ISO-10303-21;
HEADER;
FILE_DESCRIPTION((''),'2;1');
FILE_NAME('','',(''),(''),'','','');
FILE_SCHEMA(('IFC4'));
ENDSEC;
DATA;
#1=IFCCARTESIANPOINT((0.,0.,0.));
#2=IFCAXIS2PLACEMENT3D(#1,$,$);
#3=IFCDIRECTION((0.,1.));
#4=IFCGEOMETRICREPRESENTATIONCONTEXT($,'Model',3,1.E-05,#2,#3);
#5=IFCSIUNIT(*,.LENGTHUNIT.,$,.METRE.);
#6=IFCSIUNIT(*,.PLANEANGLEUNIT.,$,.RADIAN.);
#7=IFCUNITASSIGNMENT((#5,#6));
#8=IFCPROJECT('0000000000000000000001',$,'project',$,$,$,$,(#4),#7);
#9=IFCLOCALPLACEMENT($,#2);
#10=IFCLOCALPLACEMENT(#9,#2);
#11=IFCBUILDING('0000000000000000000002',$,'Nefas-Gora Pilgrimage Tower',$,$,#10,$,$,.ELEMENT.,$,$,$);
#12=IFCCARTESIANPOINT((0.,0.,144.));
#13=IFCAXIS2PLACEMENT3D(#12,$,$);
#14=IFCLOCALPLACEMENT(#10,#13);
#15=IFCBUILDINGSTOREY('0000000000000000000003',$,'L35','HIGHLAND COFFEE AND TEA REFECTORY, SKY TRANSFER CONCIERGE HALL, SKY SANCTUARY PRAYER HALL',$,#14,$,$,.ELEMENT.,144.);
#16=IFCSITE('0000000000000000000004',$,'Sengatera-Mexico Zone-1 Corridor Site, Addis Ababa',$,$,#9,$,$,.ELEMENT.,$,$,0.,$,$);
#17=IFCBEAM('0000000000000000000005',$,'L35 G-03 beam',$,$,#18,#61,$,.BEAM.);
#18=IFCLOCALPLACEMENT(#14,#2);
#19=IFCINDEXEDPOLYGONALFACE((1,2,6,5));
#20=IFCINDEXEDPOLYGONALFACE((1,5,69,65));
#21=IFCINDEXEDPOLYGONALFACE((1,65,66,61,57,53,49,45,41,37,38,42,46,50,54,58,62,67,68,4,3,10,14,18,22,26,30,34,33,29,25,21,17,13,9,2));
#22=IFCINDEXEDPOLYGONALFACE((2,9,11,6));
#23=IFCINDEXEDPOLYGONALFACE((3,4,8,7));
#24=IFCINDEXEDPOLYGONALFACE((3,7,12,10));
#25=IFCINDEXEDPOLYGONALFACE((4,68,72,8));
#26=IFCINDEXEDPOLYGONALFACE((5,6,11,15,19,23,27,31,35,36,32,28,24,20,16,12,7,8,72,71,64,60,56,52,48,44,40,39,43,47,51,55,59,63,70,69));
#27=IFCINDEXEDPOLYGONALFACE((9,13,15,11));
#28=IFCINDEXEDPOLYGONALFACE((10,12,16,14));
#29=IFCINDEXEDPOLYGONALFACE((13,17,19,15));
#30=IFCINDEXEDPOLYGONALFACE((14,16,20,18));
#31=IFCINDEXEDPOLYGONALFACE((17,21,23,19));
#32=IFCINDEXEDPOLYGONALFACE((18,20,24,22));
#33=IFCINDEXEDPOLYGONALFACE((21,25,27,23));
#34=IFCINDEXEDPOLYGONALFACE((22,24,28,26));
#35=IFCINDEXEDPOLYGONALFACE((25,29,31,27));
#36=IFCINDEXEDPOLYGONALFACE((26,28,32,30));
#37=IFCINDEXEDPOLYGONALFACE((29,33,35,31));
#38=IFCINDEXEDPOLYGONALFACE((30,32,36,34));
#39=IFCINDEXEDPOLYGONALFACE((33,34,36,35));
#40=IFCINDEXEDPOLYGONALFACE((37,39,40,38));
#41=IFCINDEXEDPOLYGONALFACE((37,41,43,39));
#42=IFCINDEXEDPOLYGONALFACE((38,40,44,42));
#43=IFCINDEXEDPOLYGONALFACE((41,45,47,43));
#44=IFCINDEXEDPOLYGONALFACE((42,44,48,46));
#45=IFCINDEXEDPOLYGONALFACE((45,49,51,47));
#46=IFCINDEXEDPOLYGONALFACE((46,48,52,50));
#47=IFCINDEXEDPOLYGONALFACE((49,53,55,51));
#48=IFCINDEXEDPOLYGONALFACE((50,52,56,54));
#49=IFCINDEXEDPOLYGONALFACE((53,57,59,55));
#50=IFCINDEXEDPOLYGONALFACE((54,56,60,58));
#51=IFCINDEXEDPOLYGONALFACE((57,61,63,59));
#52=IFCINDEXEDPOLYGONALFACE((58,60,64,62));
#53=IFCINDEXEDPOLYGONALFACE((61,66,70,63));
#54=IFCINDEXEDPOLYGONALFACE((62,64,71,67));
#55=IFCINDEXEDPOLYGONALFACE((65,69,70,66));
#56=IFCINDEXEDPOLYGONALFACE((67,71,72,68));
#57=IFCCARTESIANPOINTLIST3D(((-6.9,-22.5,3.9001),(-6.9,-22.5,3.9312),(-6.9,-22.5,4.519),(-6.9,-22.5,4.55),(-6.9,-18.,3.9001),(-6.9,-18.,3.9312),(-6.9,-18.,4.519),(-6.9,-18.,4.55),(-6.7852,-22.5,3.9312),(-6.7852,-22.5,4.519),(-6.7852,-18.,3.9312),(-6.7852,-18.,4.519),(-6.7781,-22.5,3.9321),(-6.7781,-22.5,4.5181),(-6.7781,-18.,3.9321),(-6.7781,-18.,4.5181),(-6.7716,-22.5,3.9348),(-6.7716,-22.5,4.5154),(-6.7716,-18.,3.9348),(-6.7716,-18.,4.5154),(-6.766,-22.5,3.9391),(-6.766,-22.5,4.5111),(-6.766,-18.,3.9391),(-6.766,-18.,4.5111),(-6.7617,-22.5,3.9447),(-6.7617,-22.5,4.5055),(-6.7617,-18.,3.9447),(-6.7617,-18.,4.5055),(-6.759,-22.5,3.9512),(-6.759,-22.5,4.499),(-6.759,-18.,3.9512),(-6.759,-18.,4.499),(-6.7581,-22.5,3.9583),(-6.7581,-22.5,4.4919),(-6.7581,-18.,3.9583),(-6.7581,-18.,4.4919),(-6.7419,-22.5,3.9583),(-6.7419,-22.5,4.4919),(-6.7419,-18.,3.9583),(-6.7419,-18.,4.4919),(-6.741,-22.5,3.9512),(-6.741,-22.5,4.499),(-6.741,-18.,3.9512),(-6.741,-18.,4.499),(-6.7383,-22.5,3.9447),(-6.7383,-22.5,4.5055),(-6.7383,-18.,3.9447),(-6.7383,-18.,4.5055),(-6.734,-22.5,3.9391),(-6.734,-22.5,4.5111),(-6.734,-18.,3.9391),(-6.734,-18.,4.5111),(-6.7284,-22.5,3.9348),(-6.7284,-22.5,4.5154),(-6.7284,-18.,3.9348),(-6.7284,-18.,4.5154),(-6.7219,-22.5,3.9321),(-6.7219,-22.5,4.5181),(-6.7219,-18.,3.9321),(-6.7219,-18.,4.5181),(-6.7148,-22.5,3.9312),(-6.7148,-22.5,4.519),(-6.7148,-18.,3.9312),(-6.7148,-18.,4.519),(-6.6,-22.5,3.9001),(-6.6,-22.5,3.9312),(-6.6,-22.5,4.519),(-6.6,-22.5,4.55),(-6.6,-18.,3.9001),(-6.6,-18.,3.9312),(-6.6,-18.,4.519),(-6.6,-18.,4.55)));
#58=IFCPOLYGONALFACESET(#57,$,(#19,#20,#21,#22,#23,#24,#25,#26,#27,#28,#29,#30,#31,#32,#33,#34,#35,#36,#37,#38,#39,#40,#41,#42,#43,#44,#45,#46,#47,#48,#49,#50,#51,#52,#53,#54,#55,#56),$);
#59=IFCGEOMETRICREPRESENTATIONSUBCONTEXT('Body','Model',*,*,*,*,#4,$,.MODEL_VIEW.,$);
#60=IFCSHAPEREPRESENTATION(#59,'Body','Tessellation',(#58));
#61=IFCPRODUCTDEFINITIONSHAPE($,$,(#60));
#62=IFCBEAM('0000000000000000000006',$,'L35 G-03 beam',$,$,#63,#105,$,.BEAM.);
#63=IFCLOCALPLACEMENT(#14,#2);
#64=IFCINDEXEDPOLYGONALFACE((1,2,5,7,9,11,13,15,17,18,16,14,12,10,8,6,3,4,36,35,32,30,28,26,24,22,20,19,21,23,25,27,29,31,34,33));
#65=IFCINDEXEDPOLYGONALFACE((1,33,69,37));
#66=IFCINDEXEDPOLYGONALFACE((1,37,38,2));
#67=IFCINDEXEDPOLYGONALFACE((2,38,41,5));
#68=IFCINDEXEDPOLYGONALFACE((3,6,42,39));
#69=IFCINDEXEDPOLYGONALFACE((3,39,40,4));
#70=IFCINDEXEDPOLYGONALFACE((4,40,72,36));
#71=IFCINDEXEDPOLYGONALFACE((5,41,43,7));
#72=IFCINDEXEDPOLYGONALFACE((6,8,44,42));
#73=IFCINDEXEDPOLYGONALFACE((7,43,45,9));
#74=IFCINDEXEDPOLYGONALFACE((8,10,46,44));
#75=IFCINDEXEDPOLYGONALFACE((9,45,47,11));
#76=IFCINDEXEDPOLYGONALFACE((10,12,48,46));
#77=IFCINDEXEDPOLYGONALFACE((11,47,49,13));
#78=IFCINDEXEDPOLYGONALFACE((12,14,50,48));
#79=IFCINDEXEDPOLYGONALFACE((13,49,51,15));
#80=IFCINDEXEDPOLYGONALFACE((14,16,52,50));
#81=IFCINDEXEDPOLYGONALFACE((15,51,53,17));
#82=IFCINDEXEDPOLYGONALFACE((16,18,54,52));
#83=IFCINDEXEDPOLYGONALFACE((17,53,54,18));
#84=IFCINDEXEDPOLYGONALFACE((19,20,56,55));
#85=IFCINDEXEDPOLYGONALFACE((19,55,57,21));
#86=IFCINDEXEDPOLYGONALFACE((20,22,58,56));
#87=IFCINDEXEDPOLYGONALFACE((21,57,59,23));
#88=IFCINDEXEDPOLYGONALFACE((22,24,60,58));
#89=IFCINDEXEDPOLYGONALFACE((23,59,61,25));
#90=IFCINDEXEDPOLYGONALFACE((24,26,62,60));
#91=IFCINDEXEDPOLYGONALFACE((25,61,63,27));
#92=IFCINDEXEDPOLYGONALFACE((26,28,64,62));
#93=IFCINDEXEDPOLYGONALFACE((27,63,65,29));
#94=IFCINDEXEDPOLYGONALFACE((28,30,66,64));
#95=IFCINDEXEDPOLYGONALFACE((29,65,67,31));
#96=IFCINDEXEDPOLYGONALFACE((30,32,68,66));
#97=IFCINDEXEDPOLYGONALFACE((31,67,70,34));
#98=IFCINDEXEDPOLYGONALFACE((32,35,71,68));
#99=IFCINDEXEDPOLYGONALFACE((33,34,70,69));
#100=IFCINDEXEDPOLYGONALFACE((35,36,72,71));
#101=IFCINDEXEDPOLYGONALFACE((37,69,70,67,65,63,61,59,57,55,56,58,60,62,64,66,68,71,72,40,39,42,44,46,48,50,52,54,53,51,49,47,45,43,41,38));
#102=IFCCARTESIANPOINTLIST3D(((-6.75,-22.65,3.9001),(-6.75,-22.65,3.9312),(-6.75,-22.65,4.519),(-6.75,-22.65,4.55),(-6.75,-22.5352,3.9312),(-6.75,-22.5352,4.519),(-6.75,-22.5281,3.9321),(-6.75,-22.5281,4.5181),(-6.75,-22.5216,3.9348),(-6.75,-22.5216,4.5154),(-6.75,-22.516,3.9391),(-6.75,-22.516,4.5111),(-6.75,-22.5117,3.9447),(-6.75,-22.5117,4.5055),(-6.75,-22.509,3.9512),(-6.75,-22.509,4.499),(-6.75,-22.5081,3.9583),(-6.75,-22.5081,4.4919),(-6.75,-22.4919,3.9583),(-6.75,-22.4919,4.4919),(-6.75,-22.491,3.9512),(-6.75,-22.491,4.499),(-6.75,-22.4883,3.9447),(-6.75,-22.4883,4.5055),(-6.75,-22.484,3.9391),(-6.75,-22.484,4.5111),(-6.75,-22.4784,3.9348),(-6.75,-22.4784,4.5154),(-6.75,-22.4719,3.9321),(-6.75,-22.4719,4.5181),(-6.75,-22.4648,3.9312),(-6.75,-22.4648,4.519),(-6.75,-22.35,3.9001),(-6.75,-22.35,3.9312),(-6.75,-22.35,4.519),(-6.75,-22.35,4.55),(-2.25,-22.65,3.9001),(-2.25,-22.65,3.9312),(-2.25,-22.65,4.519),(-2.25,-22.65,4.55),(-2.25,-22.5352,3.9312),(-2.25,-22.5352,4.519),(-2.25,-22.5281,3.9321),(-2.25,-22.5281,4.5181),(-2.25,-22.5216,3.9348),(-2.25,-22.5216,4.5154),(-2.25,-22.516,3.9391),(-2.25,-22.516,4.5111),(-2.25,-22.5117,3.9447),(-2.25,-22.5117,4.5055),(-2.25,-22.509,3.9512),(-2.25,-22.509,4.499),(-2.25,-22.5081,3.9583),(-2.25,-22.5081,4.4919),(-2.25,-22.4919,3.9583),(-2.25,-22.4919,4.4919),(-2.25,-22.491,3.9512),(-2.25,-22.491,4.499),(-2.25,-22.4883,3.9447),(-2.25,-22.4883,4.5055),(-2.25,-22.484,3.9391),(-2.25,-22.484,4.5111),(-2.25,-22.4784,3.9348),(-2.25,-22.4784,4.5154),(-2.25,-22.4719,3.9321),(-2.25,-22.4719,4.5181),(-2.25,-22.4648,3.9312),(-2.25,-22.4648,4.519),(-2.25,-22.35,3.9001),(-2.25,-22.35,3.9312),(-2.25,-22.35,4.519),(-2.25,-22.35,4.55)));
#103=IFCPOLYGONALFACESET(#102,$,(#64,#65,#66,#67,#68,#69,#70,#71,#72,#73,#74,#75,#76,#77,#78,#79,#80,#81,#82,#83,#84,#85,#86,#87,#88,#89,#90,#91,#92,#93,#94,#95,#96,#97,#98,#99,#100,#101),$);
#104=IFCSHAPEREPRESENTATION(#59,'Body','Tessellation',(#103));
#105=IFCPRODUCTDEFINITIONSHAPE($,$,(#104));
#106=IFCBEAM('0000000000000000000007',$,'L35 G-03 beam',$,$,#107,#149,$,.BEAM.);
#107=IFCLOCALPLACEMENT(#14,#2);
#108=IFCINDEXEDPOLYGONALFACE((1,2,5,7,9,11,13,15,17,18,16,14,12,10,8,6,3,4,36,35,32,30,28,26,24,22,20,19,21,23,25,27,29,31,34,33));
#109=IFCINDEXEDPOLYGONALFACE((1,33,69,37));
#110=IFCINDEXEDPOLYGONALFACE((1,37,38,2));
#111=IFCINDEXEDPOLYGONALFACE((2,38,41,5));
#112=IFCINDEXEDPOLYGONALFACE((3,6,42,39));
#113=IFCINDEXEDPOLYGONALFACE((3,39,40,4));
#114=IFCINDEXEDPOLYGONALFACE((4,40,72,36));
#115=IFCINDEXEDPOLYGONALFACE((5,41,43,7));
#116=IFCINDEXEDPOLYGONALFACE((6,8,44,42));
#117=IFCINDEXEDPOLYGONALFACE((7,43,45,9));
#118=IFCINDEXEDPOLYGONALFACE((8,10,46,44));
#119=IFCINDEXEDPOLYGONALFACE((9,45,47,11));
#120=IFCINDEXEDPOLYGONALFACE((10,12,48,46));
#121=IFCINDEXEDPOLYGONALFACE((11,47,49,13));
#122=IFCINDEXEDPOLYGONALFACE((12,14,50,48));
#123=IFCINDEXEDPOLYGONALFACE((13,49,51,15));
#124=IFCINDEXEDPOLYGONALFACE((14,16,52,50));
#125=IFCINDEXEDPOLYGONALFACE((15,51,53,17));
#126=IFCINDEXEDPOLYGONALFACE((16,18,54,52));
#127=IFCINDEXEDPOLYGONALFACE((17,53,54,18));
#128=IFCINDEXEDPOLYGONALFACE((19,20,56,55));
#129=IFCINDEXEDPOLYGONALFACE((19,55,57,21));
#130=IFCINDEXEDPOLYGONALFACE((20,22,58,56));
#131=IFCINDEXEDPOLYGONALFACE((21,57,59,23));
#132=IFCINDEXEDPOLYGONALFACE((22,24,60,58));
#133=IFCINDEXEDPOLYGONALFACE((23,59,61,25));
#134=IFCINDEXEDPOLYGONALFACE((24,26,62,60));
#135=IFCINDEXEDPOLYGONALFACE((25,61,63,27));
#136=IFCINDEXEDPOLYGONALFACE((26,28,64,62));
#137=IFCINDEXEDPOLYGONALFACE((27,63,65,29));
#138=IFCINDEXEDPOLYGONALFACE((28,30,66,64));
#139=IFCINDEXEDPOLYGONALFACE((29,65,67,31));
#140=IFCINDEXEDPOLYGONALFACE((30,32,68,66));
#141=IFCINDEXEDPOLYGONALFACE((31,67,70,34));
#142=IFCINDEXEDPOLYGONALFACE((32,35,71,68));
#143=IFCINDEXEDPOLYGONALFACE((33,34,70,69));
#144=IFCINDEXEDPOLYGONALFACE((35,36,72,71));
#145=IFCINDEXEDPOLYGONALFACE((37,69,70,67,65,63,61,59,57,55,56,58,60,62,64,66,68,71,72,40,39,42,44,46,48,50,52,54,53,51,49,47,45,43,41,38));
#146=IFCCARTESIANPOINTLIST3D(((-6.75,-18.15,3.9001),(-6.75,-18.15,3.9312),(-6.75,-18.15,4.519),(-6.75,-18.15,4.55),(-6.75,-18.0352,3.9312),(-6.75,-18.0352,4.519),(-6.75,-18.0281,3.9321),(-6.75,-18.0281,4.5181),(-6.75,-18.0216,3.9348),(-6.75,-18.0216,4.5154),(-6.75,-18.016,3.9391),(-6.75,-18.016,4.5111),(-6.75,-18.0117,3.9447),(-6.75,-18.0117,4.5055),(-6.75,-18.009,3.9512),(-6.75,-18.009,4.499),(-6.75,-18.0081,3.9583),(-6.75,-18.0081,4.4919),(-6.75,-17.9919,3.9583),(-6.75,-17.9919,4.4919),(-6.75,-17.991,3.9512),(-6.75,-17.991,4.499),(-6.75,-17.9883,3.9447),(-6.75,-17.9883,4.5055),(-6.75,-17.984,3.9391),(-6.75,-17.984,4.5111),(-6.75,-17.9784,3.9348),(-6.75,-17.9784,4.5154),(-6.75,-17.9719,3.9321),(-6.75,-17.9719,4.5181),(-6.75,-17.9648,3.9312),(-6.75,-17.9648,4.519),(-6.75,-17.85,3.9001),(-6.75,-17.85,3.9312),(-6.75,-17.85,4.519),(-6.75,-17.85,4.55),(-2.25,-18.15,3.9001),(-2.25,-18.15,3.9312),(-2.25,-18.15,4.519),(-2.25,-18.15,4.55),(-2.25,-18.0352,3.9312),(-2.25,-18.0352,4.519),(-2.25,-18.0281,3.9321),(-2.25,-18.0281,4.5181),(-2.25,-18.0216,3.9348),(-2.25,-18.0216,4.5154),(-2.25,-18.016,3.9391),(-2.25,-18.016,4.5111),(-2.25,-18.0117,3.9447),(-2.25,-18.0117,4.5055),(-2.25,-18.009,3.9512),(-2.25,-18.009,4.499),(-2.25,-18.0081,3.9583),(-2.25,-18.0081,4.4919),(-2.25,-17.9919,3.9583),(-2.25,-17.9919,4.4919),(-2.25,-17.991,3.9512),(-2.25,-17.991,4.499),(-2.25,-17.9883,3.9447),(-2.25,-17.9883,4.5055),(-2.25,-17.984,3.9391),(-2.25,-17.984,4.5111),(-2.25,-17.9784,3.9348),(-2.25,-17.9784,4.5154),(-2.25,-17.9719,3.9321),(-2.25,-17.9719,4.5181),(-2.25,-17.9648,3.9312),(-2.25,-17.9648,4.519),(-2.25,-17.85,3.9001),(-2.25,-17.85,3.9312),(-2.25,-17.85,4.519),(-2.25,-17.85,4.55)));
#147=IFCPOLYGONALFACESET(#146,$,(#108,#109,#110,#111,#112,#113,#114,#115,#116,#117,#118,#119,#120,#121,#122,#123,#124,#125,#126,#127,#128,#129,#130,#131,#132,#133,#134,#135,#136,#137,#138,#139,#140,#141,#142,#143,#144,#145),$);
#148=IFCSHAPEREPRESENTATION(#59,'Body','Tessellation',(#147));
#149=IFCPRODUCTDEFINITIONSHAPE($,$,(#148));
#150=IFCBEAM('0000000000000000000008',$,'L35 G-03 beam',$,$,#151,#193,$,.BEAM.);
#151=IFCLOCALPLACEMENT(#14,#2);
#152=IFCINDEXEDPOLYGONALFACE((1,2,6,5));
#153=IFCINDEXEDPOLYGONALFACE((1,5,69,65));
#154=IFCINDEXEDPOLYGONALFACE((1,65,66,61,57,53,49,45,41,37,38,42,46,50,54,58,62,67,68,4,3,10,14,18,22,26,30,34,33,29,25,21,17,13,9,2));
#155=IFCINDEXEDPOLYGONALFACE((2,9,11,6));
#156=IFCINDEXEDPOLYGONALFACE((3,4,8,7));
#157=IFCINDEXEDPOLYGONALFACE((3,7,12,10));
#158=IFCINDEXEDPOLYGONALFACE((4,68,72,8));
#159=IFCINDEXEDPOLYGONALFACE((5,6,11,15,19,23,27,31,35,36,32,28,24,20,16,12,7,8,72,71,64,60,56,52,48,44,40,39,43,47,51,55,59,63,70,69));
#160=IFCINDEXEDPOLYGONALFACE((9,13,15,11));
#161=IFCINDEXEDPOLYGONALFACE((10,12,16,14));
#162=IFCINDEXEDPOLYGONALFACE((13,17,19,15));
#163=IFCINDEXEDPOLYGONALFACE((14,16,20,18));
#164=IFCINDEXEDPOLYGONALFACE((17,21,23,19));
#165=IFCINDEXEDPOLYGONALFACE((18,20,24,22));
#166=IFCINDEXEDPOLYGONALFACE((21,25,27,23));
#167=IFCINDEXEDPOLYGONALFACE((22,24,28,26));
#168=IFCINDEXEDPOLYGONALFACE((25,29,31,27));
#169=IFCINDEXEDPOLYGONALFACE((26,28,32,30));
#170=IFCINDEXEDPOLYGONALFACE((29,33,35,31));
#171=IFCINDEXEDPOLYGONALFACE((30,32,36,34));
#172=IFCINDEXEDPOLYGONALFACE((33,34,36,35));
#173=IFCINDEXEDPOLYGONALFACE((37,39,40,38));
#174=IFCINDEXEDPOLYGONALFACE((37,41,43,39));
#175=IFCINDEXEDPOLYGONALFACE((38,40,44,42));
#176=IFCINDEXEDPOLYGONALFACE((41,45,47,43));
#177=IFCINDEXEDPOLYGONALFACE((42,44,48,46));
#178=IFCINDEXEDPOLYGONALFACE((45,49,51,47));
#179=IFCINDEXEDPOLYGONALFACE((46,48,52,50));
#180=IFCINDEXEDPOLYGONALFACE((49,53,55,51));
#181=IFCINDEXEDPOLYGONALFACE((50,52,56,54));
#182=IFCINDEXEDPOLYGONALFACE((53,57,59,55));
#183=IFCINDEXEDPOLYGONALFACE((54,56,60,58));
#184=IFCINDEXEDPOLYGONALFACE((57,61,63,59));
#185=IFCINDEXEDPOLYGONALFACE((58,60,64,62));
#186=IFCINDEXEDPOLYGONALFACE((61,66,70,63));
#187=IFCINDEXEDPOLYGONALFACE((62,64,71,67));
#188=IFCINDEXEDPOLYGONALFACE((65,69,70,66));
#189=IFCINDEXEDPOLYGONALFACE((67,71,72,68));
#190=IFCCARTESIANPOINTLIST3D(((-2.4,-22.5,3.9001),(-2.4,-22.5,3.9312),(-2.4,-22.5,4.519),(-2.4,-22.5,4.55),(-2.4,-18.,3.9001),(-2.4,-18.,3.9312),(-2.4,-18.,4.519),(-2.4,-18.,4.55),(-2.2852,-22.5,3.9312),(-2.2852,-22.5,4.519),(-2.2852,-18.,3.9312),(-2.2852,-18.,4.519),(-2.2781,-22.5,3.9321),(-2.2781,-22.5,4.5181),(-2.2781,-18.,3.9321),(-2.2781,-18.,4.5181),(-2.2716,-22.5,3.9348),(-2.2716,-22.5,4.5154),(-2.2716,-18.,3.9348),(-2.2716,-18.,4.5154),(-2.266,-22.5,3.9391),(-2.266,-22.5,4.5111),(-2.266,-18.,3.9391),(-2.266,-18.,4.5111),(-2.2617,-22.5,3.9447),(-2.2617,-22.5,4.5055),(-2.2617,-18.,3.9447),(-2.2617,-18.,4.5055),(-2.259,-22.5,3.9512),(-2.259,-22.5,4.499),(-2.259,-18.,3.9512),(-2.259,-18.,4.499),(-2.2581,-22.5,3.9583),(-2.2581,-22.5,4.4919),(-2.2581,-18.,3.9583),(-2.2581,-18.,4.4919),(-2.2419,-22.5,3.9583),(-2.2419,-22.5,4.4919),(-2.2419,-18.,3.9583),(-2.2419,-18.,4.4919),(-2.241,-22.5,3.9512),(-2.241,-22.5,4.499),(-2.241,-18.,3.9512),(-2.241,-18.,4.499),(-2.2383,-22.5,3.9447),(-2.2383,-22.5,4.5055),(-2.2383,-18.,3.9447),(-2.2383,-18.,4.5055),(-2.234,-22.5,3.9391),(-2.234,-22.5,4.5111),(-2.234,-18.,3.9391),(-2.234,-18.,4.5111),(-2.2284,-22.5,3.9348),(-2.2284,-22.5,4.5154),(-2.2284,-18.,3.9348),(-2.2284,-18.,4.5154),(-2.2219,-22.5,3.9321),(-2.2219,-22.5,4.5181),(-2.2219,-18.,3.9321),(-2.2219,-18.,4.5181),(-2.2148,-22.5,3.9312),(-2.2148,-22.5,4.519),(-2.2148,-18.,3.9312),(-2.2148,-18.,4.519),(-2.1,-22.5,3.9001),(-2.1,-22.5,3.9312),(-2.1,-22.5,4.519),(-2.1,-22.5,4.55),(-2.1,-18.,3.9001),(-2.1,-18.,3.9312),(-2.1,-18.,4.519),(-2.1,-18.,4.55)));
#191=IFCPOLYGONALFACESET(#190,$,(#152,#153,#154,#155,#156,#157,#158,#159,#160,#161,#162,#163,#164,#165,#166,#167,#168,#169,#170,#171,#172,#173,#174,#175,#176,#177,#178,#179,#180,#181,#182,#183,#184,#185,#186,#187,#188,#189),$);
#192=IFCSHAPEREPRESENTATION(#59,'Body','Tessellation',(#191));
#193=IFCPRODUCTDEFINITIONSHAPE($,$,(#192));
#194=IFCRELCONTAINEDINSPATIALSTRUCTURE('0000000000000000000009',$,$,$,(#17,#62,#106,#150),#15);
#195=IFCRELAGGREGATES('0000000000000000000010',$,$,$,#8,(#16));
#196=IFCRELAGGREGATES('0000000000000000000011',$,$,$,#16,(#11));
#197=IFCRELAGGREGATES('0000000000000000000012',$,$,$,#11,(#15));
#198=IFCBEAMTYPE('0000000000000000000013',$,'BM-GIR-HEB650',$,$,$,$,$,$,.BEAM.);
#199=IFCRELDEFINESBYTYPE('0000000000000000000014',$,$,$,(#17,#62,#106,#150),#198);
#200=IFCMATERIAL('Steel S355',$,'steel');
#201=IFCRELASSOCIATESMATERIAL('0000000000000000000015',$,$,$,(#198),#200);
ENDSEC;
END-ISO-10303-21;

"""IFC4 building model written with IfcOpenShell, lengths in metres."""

from ifc_helpers import new_model, si_unit, direction, frame, origin, origin_2d, place, context, subcontext, project, spatial, i_section, extrude, source, transform, mapped, material, material_profile, profile_set, type_object, element, save


model = new_model("IFC4")

# Units and contexts
model_context = context("Model", 3, precision=1e-05, world=origin(), true_north=direction((0.0, 1.0)))
body_context = subcontext(model_context, "Body", "Model", "MODEL_VIEW")
ifc_project = project(units=[si_unit("LENGTHUNIT", "METRE"), si_unit("PLANEANGLEUNIT", "RADIAN")], contexts=[model_context])

# Site, building, storey
site_placement = place(None, origin())
site = spatial("IfcSite", under=ifc_project, at=site_placement, Name="Sengatera-Mexico Zone-1 Corridor Site, Addis Ababa", CompositionType="ELEMENT", RefElevation=0.0)
building_placement = place(site_placement, origin())
building = spatial("IfcBuilding", under=site, at=building_placement, Name="Nefas-Gora Pilgrimage Tower", CompositionType="ELEMENT")
storey_placement = place(building_placement, frame((0.0, 0.0, 144.0)))
storey = spatial("IfcBuildingStorey", under=building, at=storey_placement, Name="L35", Description="HIGHLAND COFFEE AND TEA REFECTORY, SKY TRANSFER CONCIERGE HALL, SKY SANCTUARY PRAYER HALL", CompositionType="ELEMENT", Elevation=144.0)

# Beams
ifc_material_1 = material(Name="Steel S355", Category="steel")
ifc_material_profile_1 = material_profile(ifc_material_1, i_section(OverallWidth=0.3, OverallDepth=0.6499, WebThickness=0.0161, FlangeThickness=0.031, FilletRadius=0.0271, at=origin_2d()), Name="HEB 650")
ifc_profile_set_1 = profile_set([ifc_material_profile_1], Name="Steel S355")
beam_type = type_object("IfcBeamType", Name="BM-GIR-HEB650", PredefinedType="BEAM", material=ifc_profile_set_1)
shared_shape_1 = source(origin(), body_context, "Body", "SweptSolid", [
    extrude(i_section(OverallWidth=0.3, OverallDepth=0.6499, WebThickness=0.0161, FlangeThickness=0.031, FilletRadius=0.0271, at=origin_2d()), origin(), (0.0, 0.0, 1.0), 4.5),
])
for number, where, z_axis, x_axis, name in (
    (1, (-6.75, -22.5, 4.2251), (0.0, 1.0, 0.0), (-1.0, 0.0, 0.0), "L35 G-03 beam"),
    (2, (-6.75, -22.5, 4.2251), (1.0, 0.0, 0.0), (0.0, 1.0, 0.0), "L35 G-03 beam"),
    (3, (-6.75, -18.0, 4.2251), (1.0, 0.0, 0.0), (0.0, 1.0, 0.0), "L35 G-03 beam"),
    (4, (-2.25, -22.5, 4.2251), (0.0, 1.0, 0.0), (-1.0, 0.0, 0.0), "L35 G-03 beam"),
):
    element("IfcBeam", number, at=place(storey_placement, frame(where, z_axis=z_axis, x_axis=x_axis)), inside=storey, type_object=beam_type, Name=name, PredefinedType="BEAM", context=body_context, shape_type="MappedRepresentation", body=[
        mapped(shared_shape_1, transform((0.0, 0.0, 0.0), x_axis=(1.0, 0.0, 0.0), y_axis=(0.0, 1.0, 0.0), z_axis=(0.0, 0.0, 1.0), scale=1.0)),
    ])

save(model, "model.ifc")
